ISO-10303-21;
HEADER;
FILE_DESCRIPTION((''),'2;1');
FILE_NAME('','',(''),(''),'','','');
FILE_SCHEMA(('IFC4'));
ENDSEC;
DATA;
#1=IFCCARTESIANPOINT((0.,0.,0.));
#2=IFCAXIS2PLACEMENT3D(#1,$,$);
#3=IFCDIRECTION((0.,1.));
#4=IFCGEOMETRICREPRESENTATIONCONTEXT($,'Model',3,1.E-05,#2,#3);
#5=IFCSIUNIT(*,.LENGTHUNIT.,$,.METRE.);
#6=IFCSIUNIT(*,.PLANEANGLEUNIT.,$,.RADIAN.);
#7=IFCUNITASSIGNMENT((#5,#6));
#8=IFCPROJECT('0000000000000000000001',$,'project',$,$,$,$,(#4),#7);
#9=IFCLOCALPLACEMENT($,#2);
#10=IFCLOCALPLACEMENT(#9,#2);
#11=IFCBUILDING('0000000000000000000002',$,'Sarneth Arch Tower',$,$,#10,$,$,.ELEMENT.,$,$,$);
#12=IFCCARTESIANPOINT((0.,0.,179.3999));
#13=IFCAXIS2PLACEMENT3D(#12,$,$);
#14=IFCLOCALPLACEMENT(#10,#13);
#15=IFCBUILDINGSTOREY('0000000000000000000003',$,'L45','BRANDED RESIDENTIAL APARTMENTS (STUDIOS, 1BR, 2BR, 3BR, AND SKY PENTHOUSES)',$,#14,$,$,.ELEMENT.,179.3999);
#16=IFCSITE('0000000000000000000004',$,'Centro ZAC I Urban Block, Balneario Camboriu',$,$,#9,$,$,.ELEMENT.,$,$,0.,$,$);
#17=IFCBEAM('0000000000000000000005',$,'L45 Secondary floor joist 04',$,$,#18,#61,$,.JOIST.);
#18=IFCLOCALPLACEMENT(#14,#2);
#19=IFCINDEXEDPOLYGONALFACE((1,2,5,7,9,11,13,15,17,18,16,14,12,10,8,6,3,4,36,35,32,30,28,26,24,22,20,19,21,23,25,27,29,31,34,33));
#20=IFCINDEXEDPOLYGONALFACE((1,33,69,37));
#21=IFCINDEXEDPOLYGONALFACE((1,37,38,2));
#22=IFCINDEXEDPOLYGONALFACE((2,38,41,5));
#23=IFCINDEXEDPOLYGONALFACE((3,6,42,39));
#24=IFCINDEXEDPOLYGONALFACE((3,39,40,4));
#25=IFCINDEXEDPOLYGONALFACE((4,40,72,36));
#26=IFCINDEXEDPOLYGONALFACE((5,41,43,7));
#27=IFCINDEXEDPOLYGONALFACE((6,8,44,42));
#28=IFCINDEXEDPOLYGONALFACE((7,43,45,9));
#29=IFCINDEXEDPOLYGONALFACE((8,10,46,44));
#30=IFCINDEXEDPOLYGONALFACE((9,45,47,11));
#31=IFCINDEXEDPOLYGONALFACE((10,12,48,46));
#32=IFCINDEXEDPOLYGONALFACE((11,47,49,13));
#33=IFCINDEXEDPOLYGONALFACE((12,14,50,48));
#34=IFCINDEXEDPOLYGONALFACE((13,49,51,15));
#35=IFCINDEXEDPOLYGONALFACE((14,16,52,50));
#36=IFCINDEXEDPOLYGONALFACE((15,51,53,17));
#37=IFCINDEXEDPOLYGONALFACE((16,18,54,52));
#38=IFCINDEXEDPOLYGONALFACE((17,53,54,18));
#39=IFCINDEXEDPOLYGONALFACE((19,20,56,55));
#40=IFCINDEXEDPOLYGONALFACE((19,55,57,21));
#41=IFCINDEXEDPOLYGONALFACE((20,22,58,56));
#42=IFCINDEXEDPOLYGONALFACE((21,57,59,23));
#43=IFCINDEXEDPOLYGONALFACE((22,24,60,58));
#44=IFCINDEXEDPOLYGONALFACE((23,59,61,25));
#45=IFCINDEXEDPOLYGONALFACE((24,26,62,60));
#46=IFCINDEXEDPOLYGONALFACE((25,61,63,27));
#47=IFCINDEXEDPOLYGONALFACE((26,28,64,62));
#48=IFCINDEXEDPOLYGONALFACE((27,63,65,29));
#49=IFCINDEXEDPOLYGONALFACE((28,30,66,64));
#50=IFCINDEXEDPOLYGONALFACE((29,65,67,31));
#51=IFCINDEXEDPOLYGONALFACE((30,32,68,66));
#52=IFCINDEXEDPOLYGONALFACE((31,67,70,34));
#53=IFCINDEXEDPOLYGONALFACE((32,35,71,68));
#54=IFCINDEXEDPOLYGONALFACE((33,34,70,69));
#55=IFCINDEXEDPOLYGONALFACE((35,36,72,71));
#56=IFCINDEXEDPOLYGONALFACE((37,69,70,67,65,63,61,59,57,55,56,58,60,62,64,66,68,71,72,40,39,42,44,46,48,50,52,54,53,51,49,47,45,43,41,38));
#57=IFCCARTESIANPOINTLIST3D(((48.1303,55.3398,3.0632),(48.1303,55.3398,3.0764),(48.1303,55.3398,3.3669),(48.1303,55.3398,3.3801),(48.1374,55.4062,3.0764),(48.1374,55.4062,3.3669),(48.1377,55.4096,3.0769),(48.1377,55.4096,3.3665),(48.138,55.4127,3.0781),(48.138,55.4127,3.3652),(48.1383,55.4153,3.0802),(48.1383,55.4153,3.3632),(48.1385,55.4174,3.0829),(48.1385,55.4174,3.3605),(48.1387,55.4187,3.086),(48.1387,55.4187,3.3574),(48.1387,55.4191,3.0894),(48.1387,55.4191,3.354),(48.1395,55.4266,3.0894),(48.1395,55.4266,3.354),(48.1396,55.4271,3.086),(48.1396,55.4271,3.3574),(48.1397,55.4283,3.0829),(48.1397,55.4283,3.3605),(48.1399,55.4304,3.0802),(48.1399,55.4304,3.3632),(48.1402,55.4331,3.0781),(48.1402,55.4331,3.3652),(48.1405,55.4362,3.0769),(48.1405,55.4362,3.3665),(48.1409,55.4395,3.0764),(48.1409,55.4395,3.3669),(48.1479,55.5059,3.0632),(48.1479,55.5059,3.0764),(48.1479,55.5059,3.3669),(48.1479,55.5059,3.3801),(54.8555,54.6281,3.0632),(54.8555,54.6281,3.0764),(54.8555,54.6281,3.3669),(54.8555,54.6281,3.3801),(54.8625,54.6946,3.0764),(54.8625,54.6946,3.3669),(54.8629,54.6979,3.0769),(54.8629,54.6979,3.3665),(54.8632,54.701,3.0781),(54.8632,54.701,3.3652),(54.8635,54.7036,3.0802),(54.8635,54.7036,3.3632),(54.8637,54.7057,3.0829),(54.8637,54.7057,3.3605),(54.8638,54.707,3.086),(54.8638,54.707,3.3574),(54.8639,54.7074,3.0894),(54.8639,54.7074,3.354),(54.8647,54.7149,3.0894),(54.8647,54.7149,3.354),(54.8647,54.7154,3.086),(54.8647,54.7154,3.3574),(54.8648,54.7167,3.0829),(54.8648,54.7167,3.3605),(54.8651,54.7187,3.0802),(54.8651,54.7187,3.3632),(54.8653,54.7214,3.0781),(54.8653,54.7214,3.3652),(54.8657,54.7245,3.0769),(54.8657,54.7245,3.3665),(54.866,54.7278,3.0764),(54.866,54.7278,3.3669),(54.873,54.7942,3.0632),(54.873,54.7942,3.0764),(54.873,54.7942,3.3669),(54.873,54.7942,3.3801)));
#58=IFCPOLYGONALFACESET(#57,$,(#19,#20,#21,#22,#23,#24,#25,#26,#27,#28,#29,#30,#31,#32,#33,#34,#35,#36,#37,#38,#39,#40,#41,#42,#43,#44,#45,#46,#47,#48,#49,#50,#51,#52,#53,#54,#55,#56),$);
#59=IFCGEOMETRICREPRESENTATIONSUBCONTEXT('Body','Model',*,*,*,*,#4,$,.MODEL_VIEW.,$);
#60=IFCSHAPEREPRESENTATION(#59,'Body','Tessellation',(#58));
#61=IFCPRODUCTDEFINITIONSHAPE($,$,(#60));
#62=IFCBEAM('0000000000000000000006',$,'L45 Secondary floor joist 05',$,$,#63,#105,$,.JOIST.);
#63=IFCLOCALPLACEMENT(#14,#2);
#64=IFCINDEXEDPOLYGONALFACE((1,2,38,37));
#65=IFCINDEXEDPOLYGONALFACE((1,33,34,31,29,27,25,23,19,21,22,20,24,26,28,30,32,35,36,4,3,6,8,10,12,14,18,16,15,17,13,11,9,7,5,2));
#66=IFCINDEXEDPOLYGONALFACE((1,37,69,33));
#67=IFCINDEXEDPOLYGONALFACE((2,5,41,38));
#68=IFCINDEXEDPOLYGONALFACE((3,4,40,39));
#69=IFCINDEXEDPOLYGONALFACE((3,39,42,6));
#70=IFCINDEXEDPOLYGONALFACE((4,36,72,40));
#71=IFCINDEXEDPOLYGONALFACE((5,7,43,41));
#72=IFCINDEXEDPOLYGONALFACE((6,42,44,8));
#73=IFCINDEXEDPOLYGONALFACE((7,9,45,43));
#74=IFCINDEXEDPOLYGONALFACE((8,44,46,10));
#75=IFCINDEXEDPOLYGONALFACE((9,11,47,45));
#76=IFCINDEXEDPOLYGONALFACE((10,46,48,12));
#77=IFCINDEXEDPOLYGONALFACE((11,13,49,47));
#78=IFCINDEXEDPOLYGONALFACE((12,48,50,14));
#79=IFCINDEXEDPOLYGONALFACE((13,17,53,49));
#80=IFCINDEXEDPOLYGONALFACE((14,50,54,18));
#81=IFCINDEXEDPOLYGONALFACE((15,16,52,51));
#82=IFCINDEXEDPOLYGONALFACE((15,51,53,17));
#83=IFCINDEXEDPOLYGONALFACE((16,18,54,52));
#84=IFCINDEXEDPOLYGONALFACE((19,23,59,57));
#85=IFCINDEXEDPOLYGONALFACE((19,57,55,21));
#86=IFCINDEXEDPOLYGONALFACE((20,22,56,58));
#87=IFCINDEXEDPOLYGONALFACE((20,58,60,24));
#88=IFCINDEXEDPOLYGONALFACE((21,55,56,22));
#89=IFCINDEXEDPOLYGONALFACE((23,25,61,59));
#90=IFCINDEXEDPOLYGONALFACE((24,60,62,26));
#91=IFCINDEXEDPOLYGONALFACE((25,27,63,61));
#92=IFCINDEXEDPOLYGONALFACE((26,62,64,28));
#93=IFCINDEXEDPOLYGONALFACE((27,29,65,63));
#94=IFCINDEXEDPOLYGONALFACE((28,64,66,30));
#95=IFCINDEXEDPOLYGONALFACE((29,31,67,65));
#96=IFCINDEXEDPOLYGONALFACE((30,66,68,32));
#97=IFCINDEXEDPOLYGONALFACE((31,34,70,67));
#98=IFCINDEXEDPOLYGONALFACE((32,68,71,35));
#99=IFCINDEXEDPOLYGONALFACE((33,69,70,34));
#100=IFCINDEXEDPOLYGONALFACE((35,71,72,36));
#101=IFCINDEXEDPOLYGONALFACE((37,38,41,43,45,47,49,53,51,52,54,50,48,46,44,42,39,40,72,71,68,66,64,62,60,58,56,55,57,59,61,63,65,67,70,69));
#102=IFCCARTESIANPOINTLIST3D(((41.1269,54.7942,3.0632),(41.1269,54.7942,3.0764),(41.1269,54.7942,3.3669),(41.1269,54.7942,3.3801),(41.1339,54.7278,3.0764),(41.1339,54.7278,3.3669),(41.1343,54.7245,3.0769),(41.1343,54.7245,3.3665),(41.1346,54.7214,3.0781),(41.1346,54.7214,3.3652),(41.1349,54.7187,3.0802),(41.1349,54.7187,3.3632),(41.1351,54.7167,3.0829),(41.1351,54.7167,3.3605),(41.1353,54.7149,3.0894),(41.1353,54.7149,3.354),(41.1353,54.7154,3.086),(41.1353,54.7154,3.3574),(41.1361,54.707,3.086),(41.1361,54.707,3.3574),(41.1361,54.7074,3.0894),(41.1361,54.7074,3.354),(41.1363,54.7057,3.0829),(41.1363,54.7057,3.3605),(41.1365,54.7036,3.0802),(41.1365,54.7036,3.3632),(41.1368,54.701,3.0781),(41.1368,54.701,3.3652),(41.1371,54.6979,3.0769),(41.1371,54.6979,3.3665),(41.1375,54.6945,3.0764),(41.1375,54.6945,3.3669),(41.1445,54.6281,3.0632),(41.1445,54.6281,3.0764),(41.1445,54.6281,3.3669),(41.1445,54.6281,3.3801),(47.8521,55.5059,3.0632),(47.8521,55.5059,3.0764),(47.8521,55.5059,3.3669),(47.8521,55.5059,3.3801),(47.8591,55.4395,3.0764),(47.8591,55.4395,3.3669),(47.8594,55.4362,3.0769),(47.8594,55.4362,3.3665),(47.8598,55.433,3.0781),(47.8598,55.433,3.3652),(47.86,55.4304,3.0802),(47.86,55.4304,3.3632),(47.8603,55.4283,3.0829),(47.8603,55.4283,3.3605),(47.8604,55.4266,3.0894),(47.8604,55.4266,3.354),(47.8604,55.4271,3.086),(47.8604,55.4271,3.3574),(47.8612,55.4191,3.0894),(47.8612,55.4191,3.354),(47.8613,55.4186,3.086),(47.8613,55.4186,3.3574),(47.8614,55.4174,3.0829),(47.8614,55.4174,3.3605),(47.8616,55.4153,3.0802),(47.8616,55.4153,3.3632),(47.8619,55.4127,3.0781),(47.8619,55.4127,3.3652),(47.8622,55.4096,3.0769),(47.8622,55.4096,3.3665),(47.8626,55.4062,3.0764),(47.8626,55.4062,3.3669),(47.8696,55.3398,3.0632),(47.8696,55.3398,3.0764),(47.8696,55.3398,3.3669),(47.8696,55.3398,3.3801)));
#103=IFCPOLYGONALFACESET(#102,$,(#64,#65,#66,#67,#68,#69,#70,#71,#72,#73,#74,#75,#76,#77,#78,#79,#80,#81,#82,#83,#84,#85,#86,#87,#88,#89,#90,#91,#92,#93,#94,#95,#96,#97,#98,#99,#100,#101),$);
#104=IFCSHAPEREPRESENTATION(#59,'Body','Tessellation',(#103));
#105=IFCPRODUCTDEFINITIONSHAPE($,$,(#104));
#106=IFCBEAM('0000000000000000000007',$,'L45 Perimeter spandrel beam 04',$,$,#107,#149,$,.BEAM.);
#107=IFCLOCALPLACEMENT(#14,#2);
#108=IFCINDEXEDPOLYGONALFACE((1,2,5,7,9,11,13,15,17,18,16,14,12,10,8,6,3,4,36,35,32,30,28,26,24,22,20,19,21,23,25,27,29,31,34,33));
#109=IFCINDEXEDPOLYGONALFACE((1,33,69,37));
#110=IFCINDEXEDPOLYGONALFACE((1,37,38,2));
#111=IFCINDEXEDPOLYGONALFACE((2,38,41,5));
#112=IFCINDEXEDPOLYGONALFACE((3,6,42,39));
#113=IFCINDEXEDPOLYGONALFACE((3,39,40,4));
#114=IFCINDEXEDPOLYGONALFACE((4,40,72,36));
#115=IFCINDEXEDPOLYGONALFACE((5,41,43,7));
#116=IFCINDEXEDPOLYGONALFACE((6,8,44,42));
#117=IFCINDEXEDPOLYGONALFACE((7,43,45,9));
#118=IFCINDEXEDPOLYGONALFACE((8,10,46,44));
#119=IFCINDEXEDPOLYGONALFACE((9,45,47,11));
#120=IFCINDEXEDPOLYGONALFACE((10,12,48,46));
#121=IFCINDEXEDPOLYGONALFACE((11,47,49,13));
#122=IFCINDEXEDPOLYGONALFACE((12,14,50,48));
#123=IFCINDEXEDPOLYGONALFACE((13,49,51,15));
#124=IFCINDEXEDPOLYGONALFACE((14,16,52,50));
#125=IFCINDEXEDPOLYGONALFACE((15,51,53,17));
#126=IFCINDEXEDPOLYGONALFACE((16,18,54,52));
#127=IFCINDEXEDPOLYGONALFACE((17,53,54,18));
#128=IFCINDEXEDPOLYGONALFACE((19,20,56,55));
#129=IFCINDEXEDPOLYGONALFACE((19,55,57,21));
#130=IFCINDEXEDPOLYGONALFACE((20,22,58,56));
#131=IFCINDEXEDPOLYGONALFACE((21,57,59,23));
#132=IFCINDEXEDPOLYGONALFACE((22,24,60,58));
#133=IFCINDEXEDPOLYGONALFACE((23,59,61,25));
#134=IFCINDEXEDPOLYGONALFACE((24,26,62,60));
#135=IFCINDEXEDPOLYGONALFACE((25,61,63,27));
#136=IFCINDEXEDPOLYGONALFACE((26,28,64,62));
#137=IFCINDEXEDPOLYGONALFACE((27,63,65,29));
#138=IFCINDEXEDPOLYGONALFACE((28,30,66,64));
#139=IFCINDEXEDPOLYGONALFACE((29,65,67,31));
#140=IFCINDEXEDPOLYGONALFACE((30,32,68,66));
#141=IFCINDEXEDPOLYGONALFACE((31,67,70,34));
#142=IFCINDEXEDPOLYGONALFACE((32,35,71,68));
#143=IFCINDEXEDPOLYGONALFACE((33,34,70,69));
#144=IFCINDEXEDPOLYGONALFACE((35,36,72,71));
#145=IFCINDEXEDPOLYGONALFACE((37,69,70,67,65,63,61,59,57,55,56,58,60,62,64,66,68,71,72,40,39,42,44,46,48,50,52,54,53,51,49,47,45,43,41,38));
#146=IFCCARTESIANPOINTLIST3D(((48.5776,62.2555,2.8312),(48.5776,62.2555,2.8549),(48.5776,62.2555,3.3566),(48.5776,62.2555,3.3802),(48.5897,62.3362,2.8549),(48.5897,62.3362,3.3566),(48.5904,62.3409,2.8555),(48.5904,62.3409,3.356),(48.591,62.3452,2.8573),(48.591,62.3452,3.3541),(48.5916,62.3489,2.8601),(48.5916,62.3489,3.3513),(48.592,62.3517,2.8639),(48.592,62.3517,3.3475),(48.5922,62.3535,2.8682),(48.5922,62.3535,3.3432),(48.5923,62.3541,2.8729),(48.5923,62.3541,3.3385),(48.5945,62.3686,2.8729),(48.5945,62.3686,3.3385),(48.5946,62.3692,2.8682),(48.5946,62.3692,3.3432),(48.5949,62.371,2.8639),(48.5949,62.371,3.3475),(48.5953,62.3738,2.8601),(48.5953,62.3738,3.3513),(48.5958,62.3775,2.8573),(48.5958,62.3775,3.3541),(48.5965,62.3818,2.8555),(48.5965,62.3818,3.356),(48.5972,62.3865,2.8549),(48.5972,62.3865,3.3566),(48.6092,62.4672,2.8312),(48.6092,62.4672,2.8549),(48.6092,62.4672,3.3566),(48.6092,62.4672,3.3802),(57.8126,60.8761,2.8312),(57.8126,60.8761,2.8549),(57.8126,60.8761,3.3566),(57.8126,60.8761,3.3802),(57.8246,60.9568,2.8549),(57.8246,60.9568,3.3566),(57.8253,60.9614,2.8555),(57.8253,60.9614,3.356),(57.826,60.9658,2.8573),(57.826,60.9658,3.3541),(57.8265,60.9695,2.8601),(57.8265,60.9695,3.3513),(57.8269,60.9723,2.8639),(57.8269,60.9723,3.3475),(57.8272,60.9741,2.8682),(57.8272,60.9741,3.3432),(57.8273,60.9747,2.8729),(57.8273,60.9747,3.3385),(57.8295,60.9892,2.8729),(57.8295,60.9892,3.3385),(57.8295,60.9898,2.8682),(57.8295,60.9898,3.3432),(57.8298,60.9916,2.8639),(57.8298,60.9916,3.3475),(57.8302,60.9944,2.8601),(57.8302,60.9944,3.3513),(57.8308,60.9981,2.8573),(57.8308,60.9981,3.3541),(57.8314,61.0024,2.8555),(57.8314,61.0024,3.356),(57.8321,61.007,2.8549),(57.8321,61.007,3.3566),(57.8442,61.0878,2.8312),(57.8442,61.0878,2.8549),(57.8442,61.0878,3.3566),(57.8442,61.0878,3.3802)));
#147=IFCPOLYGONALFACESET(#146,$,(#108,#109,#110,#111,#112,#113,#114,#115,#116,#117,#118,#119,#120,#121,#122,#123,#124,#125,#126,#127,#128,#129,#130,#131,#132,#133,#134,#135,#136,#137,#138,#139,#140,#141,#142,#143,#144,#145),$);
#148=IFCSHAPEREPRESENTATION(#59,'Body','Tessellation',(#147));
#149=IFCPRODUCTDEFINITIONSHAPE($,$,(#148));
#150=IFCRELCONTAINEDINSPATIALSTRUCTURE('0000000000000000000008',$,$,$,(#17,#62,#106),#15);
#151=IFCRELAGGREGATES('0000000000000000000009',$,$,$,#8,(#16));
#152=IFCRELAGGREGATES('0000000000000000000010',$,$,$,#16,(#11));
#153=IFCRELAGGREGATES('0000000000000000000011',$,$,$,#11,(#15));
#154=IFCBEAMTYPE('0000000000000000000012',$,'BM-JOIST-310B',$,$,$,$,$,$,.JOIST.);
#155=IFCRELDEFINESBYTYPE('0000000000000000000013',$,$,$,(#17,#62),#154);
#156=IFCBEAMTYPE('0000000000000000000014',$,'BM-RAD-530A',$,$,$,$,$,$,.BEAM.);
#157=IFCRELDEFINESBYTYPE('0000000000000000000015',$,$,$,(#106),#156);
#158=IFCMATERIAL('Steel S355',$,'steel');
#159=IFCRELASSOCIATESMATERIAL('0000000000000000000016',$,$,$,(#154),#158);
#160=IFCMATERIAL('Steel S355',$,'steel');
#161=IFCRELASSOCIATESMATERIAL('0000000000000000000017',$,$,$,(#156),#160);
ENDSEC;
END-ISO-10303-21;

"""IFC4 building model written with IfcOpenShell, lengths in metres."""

from ifc_helpers import new_model, si_unit, direction, frame, origin, origin_2d, place, context, subcontext, project, spatial, i_section, extrude, material, material_profile, profile_set, type_object, element, save


model = new_model("IFC4")

# Units and contexts
model_context = context("Model", 3, precision=1e-05, world=origin(), true_north=direction((0.0, 1.0)))
body_context = subcontext(model_context, "Body", "Model", "MODEL_VIEW")
ifc_project = project(units=[si_unit("LENGTHUNIT", "METRE"), si_unit("PLANEANGLEUNIT", "RADIAN")], contexts=[model_context])

# Site, building, storey
site_placement = place(None, origin())
site = spatial("IfcSite", under=ifc_project, at=site_placement, Name="Centro ZAC I Urban Block, Balneario Camboriu", CompositionType="ELEMENT", RefElevation=0.0)
building_placement = place(site_placement, origin())
building = spatial("IfcBuilding", under=site, at=building_placement, Name="Sarneth Arch Tower", CompositionType="ELEMENT")
storey_placement = place(building_placement, frame((0.0, 0.0, 179.3999)))
storey = spatial("IfcBuildingStorey", under=building, at=storey_placement, Name="L45", Description="BRANDED RESIDENTIAL APARTMENTS (STUDIOS, 1BR, 2BR, 3BR, AND SKY PENTHOUSES)", CompositionType="ELEMENT", Elevation=179.3999)

# Beams
ifc_material_1 = material(Name="Steel S355", Category="steel")
ifc_material_profile_1 = material_profile(ifc_material_1, i_section(OverallWidth=0.167, OverallDepth=0.3169, WebThickness=0.0076, FlangeThickness=0.0132, FilletRadius=0.0129, at=origin_2d()), Name="W310x52")
ifc_profile_set_1 = profile_set([ifc_material_profile_1], Name="Steel S355")
beam_type_1 = type_object("IfcBeamType", Name="BM-JOIST-310B", PredefinedType="JOIST", material=ifc_profile_set_1)
for number, where, z_axis, x_axis, name in (
    (1, (54.8643, 54.7112, 3.2217), (-0.994447, 0.105235, 0.0), (-0.105235, -0.994447, 0.0), "L45 Secondary floor joist 04"),
    (2, (47.8608, 55.4229, 3.2217), (-0.994447, -0.105235, 0.0), (0.105235, -0.994447, 0.0), "L45 Secondary floor joist 05"),
):
    element("IfcBeam", number, at=place(storey_placement, frame(where, z_axis=z_axis, x_axis=x_axis)), inside=storey, type_object=beam_type_1, Name=name, PredefinedType="JOIST", context=body_context, shape_type="SweptSolid", body=[
        extrude(i_section(OverallWidth=0.167, OverallDepth=0.3169, WebThickness=0.0076, FlangeThickness=0.0132, FilletRadius=0.0129, at=origin_2d()), origin(), (0.0, 0.0, 1.0), 6.7627),
    ])
ifc_material_2 = material(Name="Steel S355", Category="steel")
ifc_material_profile_2 = material_profile(ifc_material_2, i_section(OverallWidth=0.2141, OverallDepth=0.5491, WebThickness=0.0146, FlangeThickness=0.0237, FilletRadius=0.0181, at=origin_2d()), Name="W530x138")
ifc_profile_set_2 = profile_set([ifc_material_profile_2], Name="Steel S355")
beam_type_2 = type_object("IfcBeamType", Name="BM-RAD-530A", PredefinedType="BEAM", material=ifc_profile_set_2)
beam_placement = place(storey_placement, frame((57.8284, 60.9819, 3.1057), z_axis=(-0.989028, 0.147729, 0.0), x_axis=(-0.147729, -0.989028, 0.0)))
element("IfcBeam", 3, at=beam_placement, inside=storey, type_object=beam_type_2, Name="L45 Perimeter spandrel beam 04", PredefinedType="BEAM", context=body_context, shape_type="SweptSolid", body=[
    extrude(i_section(OverallWidth=0.2141, OverallDepth=0.5491, WebThickness=0.0146, FlangeThickness=0.0237, FilletRadius=0.0181, at=origin_2d()), origin(), (0.0, 0.0, 1.0), 9.3374),
])

save(model, "model.ifc")
